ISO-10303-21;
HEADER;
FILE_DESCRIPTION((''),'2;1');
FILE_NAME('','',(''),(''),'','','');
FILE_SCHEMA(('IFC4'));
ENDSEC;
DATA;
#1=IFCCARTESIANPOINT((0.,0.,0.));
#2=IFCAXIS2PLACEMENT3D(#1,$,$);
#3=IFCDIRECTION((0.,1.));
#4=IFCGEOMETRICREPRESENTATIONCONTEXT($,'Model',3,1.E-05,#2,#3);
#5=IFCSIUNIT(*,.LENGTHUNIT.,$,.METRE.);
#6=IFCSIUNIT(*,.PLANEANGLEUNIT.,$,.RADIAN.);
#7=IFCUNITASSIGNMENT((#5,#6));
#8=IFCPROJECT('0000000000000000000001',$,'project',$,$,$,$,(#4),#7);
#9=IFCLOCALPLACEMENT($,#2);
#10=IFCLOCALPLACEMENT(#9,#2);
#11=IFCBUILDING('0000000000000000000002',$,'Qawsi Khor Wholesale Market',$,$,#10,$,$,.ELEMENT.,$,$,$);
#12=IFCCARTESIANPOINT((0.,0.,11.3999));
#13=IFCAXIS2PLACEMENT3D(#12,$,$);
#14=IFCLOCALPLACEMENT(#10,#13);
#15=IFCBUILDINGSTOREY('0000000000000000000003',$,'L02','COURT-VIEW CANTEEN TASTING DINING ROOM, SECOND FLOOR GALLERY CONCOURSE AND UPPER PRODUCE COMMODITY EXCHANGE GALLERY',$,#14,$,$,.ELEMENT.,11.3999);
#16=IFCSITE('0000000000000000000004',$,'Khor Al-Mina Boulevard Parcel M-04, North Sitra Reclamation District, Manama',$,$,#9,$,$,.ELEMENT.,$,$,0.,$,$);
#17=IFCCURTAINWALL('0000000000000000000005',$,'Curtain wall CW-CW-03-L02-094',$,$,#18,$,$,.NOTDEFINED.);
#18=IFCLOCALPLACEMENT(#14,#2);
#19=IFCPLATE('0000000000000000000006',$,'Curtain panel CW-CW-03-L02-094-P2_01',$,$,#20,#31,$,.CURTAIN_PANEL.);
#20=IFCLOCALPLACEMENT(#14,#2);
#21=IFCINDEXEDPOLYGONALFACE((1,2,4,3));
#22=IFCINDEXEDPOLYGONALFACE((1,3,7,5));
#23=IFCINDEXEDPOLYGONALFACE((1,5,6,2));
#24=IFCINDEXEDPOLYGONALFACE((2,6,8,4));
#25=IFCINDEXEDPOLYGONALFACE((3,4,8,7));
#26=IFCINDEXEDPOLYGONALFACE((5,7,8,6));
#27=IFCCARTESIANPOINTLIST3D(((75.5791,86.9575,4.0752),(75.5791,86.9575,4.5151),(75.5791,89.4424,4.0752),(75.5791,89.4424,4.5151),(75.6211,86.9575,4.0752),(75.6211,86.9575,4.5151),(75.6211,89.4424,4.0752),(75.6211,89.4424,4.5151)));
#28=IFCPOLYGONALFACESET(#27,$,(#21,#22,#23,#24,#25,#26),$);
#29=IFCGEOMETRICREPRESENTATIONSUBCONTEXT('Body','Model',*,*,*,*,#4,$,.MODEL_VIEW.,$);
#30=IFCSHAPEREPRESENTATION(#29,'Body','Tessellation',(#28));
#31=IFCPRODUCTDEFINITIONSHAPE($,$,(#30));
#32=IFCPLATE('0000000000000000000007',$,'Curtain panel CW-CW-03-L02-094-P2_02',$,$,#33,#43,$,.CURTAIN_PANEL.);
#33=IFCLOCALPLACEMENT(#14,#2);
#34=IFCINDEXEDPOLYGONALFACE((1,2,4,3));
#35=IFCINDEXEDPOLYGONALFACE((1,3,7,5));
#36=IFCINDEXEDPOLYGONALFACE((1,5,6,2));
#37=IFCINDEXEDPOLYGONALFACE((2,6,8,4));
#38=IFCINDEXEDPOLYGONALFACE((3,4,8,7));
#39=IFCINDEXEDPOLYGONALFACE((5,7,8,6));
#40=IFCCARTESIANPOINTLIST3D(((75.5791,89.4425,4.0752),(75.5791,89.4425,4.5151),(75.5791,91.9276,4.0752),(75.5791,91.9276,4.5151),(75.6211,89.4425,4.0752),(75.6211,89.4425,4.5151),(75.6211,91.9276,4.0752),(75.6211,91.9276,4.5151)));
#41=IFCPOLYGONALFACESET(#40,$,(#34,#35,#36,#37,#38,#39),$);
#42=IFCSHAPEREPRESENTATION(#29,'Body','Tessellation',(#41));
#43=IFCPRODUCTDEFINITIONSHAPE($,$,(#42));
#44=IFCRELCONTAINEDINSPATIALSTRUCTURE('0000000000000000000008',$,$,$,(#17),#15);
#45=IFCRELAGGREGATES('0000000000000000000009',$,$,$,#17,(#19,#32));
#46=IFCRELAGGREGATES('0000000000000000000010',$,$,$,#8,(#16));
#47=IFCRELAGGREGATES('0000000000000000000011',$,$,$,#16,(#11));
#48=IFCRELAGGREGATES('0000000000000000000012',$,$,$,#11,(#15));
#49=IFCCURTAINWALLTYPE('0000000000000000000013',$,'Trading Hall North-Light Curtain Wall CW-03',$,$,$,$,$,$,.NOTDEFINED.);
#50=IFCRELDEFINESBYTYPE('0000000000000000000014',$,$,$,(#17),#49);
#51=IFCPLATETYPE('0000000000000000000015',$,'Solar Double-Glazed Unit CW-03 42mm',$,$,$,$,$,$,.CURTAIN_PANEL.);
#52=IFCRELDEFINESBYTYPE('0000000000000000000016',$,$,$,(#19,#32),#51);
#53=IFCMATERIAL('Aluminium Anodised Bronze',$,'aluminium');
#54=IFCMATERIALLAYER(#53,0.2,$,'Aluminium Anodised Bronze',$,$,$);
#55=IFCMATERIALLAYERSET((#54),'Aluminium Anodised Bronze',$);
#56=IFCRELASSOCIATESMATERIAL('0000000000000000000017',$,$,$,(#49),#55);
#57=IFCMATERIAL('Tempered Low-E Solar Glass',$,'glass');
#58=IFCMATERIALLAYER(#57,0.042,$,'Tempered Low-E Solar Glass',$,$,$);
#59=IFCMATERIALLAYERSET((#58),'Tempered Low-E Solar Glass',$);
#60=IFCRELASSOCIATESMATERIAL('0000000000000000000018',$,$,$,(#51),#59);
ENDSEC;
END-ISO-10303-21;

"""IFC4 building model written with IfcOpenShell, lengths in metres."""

from ifc_helpers import new_model, si_unit, direction, frame, frame_2d, origin, place, context, subcontext, project, spatial, rectangle, extrude, material, layer, layer_set, type_object, element, aggregate, save


model = new_model("IFC4")

# Units and contexts
model_context = context("Model", 3, precision=1e-05, world=origin(), true_north=direction((0.0, 1.0)))
body_context = subcontext(model_context, "Body", "Model", "MODEL_VIEW")
ifc_project = project(units=[si_unit("LENGTHUNIT", "METRE"), si_unit("PLANEANGLEUNIT", "RADIAN")], contexts=[model_context])

# Site, building, storey
site_placement = place(None, origin())
site = spatial("IfcSite", under=ifc_project, at=site_placement, Name="Khor Al-Mina Boulevard Parcel M-04, North Sitra Reclamation District, Manama", CompositionType="ELEMENT", RefElevation=0.0)
building_placement = place(site_placement, origin())
building = spatial("IfcBuilding", under=site, at=building_placement, Name="Qawsi Khor Wholesale Market", CompositionType="ELEMENT")
storey_placement = place(building_placement, frame((0.0, 0.0, 11.3999)))
storey = spatial("IfcBuildingStorey", under=building, at=storey_placement, Name="L02", Description="COURT-VIEW CANTEEN TASTING DINING ROOM, SECOND FLOOR GALLERY CONCOURSE AND UPPER PRODUCE COMMODITY EXCHANGE GALLERY", CompositionType="ELEMENT", Elevation=11.3999)

# Curtain wall
ifc_material_1 = material(Name="Aluminium Anodised Bronze", Category="aluminium")
ifc_layer_1 = layer(ifc_material_1, 0.2, Name="Aluminium Anodised Bronze")
ifc_layer_set_1 = layer_set([ifc_layer_1], Name="Aluminium Anodised Bronze")
curtain_wall_type = type_object("IfcCurtainWallType", Name="Trading Hall North-Light Curtain Wall CW-03", PredefinedType="NOTDEFINED", material=ifc_layer_set_1)
curtain_wall_placement = place(storey_placement, origin())
curtain_wall = element("IfcCurtainWall", 1, at=curtain_wall_placement, inside=storey, type_object=curtain_wall_type, Name="Curtain wall CW-CW-03-L02-094", PredefinedType="NOTDEFINED")

# Plates
ifc_material_2 = material(Name="Tempered Low-E Solar Glass", Category="glass")
ifc_layer_2 = layer(ifc_material_2, 0.042, Name="Tempered Low-E Solar Glass")
ifc_layer_set_2 = layer_set([ifc_layer_2], Name="Tempered Low-E Solar Glass")
plate_type_1 = type_object("IfcPlateType", Name="Solar Double-Glazed Unit CW-03 42mm", PredefinedType="CURTAIN_PANEL", material=ifc_layer_set_2)
plate_1_placement = place(storey_placement, frame((75.6001, 86.9575, 4.0752), z_axis=(0.0, 0.0, 1.0), x_axis=(0.0, 1.0, 0.0)))
plate_1 = element("IfcPlate", 2, at=plate_1_placement, type_object=plate_type_1, Name="Curtain panel CW-CW-03-L02-094-P2_01", PredefinedType="CURTAIN_PANEL", context=body_context, shape_type="SweptSolid", body=[
    extrude(rectangle(XDim=2.4849, YDim=0.042, at=frame_2d((1.2424, 0.0))), origin(), (0.0, 0.0, 1.0), 0.4399),
])
plate_2_placement = place(storey_placement, frame((75.6001, 89.4424, 4.0752), z_axis=(0.0, 0.0, 1.0), x_axis=(0.0, 1.0, 0.0)))
plate_2 = element("IfcPlate", 3, at=plate_2_placement, type_object=plate_type_1, Name="Curtain panel CW-CW-03-L02-094-P2_02", PredefinedType="CURTAIN_PANEL", context=body_context, shape_type="SweptSolid", body=[
    extrude(rectangle(XDim=2.4851, YDim=0.042, at=frame_2d((1.2427, 0.0))), origin(), (0.0, 0.0, 1.0), 0.4399),
])
aggregate(curtain_wall, [plate_1, plate_2])

save(model, "model.ifc")
